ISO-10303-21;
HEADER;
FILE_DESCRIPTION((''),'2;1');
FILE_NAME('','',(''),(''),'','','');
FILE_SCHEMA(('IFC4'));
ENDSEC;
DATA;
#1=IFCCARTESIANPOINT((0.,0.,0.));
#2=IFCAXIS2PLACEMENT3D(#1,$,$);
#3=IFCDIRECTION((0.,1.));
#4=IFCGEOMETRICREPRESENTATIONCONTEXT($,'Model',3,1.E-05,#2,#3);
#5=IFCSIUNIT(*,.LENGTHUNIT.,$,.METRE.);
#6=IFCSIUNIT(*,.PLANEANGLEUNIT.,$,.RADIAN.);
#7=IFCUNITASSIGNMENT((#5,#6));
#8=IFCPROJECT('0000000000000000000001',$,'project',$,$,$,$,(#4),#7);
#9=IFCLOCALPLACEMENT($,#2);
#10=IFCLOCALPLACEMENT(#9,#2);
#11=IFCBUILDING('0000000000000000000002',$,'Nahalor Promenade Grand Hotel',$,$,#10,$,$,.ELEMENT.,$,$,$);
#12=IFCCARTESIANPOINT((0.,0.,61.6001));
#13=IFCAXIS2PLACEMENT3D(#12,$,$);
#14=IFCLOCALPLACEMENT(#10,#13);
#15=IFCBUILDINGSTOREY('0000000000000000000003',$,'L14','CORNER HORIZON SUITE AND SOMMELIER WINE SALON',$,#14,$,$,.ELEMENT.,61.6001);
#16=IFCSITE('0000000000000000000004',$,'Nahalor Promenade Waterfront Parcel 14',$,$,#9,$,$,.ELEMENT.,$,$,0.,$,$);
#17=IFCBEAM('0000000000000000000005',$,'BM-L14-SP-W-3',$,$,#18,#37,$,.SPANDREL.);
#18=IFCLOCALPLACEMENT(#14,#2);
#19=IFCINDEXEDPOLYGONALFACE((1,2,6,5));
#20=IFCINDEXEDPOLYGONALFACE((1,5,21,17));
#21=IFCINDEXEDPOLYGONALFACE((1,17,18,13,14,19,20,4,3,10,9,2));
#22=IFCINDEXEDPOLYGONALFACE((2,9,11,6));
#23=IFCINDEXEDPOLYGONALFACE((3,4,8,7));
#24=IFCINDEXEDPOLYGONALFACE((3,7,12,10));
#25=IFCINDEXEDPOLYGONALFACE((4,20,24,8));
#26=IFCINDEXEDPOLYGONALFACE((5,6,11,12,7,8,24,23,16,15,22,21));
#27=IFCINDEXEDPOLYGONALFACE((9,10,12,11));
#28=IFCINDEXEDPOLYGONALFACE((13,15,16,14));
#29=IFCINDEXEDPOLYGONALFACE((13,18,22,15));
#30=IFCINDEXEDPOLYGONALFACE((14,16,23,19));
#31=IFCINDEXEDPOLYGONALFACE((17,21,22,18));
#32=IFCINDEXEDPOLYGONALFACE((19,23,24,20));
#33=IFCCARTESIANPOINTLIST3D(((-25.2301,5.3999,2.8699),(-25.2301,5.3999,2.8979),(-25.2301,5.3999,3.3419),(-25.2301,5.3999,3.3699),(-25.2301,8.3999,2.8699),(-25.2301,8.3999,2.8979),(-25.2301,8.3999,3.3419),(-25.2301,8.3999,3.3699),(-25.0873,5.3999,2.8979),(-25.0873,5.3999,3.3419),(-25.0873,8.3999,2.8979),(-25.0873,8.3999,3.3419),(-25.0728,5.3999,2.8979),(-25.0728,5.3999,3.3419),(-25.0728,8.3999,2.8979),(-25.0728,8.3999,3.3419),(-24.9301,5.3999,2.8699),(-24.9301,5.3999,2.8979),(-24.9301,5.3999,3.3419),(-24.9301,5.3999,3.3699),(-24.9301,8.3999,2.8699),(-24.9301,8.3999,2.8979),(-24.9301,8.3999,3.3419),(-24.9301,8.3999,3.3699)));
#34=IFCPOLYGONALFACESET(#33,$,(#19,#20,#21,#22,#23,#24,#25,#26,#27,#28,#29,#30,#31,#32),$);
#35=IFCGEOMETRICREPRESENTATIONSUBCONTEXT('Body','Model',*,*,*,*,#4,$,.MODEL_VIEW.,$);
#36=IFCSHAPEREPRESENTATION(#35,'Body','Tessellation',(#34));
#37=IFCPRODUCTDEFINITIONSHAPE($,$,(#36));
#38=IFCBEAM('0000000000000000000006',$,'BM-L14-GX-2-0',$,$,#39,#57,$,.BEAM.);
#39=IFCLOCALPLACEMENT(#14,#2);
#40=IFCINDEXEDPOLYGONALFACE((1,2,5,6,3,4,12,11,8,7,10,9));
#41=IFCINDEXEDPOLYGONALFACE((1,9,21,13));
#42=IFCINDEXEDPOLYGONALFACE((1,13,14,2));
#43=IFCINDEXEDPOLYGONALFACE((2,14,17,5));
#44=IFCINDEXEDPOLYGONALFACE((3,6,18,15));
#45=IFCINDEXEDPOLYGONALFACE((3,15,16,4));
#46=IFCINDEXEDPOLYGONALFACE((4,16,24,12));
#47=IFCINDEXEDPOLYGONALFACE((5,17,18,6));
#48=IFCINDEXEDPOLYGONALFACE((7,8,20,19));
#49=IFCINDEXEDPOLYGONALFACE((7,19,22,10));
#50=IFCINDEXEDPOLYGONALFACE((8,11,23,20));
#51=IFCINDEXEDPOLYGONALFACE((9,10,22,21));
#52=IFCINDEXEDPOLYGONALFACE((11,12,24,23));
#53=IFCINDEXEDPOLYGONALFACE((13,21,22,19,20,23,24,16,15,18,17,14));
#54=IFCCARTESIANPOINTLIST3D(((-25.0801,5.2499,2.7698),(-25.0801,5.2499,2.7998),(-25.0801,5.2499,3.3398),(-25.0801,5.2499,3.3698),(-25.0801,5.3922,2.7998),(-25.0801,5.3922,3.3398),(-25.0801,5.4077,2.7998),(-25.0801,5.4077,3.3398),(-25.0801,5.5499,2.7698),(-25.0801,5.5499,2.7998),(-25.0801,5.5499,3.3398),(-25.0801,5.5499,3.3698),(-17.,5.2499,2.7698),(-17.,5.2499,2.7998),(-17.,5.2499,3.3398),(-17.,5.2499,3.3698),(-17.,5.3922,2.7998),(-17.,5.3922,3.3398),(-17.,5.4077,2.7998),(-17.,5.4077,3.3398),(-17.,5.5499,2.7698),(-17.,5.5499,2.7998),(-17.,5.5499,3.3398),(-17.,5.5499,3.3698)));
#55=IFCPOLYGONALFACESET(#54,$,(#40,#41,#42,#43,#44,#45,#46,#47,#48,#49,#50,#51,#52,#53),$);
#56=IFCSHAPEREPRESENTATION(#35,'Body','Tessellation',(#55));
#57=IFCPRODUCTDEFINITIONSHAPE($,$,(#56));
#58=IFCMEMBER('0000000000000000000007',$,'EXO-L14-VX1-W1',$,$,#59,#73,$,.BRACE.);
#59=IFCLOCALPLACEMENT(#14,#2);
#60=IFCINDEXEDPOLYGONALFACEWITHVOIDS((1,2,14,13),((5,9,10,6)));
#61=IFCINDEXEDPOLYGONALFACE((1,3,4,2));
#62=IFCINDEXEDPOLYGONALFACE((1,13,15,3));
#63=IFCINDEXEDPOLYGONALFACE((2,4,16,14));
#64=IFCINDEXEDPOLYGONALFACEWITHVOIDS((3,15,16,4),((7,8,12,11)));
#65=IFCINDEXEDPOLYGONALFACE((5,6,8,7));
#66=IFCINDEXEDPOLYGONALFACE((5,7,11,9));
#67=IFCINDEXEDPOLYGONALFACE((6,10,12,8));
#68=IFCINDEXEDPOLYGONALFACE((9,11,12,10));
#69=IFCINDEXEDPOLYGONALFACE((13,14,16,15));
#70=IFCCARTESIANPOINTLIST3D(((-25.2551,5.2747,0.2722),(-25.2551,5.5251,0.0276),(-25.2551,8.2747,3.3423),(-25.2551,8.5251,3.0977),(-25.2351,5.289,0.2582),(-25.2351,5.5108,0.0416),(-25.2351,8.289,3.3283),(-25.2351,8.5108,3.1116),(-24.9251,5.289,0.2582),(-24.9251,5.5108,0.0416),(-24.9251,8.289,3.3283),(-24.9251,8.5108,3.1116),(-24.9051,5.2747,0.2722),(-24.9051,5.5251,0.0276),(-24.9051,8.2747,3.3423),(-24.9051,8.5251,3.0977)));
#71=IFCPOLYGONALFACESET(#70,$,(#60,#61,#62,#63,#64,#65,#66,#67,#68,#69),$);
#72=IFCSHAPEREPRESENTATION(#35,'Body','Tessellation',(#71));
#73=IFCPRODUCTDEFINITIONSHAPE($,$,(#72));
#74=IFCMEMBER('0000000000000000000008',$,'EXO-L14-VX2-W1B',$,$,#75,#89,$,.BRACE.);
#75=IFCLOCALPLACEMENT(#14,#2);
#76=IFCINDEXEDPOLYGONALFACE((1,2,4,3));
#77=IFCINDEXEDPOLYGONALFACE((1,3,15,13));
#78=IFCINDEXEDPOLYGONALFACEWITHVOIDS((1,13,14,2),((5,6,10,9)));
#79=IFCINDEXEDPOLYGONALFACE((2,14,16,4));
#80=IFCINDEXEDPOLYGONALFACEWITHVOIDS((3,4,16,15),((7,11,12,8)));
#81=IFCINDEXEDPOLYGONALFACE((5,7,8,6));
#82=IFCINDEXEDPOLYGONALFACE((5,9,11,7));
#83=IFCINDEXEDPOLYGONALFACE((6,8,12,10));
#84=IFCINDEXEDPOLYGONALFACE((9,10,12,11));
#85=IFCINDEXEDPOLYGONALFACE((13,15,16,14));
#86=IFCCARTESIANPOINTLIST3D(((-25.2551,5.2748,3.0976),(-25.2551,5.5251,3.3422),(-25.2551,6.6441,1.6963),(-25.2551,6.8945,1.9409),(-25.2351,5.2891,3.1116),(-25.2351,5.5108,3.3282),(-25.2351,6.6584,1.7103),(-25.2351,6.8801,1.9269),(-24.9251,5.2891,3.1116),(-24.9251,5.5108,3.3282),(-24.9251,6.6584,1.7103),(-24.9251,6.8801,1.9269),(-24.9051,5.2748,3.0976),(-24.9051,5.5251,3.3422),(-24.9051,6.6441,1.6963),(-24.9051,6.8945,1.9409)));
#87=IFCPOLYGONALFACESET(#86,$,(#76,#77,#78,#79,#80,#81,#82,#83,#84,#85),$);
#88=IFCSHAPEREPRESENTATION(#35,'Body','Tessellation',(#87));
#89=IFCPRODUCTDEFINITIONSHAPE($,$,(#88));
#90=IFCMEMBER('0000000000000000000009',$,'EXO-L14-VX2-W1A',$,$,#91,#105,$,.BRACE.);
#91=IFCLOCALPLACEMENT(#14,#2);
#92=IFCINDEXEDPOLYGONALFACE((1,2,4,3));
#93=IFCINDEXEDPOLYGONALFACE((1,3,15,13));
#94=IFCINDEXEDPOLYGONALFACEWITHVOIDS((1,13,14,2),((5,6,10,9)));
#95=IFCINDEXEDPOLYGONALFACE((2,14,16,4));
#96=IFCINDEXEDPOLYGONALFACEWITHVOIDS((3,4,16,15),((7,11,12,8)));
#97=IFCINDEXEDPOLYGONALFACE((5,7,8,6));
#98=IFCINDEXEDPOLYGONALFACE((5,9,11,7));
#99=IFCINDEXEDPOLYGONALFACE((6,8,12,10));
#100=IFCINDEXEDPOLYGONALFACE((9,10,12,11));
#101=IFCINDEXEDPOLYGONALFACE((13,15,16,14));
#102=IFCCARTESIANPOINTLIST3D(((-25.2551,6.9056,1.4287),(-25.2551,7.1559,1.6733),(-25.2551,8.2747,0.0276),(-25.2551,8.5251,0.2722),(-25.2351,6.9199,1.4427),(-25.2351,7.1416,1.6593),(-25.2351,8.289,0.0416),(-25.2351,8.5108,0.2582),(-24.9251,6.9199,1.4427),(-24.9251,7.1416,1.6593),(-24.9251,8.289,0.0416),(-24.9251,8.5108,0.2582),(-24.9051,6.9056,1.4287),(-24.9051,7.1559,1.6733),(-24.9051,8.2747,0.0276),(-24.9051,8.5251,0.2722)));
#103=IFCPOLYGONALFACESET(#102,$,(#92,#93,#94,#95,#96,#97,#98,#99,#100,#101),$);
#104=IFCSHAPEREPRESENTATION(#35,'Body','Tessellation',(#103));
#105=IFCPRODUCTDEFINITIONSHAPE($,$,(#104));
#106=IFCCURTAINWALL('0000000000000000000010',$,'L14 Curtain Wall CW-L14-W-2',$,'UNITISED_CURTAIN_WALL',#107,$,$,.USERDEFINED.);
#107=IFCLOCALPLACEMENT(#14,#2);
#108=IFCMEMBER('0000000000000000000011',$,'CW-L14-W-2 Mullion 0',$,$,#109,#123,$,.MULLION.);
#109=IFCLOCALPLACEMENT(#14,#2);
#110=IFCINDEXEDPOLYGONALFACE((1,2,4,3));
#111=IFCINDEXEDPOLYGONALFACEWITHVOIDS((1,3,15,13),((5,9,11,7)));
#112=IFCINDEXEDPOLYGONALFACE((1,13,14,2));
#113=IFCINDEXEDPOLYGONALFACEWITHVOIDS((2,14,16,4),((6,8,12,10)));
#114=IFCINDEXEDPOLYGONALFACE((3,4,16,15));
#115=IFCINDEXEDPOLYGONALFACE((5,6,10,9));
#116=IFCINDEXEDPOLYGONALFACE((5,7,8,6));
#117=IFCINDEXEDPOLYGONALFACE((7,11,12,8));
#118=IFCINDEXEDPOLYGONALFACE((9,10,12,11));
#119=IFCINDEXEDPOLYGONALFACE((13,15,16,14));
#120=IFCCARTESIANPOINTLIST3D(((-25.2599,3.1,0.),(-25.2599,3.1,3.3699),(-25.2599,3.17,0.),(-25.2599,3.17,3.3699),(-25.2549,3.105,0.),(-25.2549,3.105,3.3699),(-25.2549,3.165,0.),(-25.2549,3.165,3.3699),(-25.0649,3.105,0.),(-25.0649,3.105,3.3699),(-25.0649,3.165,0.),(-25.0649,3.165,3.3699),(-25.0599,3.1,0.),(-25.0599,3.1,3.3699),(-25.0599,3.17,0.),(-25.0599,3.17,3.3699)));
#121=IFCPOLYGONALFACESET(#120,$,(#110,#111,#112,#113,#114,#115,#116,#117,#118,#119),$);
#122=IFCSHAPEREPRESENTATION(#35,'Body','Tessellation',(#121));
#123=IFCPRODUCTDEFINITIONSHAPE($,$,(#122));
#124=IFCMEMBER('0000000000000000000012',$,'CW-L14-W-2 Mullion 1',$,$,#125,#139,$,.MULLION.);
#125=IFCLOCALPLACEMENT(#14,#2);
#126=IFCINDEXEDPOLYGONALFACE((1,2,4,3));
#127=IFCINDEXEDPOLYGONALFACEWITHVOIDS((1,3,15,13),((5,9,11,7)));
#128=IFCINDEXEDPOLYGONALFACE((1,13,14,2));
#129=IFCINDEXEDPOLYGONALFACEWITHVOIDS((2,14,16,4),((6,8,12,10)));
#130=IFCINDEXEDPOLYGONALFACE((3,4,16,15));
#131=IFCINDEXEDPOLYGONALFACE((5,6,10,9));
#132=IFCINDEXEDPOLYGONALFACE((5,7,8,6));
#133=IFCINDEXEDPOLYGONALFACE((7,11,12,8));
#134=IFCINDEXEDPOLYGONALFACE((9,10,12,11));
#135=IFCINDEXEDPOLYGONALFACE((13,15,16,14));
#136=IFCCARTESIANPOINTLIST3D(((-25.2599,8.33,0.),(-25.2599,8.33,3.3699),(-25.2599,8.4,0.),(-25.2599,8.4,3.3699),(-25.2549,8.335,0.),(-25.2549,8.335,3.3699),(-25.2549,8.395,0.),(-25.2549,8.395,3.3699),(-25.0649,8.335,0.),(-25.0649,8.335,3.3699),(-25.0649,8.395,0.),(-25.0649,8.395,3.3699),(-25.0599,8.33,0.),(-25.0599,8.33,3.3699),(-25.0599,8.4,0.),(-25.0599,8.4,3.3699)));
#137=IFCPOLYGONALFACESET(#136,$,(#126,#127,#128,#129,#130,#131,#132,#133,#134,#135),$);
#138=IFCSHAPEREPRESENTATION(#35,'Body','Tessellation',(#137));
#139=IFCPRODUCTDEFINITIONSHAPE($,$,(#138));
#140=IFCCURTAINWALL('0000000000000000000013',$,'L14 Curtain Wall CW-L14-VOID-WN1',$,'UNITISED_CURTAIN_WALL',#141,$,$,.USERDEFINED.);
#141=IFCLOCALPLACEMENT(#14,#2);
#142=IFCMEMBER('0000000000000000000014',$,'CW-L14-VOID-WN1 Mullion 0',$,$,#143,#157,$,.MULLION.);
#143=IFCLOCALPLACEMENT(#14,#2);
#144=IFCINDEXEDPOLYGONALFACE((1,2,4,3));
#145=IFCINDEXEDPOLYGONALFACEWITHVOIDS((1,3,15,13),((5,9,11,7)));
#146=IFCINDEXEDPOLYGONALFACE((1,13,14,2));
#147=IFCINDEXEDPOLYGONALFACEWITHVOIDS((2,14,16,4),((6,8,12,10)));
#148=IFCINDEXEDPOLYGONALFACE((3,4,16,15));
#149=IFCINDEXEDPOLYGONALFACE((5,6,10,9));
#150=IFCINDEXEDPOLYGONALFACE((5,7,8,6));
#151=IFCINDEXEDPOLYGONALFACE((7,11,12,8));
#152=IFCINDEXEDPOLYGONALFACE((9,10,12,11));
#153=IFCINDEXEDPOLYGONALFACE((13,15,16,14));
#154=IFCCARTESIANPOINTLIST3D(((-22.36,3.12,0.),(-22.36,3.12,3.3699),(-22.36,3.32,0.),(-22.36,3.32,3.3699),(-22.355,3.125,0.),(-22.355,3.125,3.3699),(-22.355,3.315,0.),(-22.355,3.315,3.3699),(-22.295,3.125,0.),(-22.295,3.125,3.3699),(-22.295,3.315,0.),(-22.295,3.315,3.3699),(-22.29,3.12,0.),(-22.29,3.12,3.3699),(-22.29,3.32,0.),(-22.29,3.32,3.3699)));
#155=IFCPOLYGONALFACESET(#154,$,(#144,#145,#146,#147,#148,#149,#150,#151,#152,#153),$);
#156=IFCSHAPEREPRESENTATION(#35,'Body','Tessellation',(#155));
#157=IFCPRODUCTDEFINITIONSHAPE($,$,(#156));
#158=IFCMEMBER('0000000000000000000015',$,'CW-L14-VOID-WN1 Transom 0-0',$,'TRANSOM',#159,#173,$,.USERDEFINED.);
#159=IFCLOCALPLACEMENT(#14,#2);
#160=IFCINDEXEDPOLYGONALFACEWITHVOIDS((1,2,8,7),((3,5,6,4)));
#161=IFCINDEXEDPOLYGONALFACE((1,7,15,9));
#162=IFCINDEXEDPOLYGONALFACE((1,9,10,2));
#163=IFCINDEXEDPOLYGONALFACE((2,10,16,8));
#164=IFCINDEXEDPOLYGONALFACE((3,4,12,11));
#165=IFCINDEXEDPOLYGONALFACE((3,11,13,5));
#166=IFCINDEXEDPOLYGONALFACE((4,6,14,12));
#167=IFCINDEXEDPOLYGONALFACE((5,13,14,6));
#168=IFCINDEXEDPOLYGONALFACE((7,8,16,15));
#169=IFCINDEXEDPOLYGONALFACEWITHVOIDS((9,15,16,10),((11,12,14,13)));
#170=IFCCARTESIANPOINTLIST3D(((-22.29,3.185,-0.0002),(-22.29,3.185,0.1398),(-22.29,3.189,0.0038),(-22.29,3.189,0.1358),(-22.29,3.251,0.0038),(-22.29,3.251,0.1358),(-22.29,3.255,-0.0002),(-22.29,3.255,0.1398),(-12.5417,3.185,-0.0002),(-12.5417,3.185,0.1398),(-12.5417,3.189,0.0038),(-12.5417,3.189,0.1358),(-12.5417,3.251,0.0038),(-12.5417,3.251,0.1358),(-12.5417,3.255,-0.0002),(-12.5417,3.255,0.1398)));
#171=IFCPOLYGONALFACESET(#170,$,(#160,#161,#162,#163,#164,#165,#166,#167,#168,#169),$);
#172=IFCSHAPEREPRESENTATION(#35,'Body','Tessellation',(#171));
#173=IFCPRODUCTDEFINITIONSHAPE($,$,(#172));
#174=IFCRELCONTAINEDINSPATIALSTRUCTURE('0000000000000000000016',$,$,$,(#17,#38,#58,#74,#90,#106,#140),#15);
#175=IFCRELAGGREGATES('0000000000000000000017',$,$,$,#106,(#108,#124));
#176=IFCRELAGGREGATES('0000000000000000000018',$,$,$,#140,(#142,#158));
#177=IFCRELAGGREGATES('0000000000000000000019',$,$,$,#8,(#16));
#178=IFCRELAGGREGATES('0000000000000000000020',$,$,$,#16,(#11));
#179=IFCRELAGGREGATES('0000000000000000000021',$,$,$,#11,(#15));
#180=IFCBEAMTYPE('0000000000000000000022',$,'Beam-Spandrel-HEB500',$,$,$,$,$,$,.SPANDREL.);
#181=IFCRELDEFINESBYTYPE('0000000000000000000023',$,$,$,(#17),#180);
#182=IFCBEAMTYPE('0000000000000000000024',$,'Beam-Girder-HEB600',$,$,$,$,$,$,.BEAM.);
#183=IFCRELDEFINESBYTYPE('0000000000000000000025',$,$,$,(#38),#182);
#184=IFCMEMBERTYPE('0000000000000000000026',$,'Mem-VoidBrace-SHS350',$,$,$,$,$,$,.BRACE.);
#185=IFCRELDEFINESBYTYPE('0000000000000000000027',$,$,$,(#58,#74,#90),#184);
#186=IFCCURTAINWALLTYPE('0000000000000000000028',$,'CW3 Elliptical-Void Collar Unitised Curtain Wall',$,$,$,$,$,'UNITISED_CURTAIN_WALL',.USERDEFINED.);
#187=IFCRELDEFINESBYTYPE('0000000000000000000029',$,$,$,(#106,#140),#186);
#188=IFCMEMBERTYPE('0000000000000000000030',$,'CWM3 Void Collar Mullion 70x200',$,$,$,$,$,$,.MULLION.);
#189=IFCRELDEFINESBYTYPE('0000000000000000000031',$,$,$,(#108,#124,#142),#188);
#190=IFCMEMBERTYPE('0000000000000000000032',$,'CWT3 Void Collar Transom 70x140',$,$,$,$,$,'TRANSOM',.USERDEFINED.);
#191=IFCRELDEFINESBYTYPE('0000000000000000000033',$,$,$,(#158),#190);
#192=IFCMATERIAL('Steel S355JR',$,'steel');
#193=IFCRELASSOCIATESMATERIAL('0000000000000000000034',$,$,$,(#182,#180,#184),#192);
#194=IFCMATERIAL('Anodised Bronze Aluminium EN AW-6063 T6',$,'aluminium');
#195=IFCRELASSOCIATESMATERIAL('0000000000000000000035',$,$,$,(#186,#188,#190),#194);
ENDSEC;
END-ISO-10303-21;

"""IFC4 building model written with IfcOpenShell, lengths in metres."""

from ifc_helpers import new_model, si_unit, direction, frame, origin, origin_2d, place, context, subcontext, project, spatial, hollow_rectangle, i_section, extrude, source, transform, mapped, material, material_profile, profile_set, type_object, element, aggregate, save


model = new_model("IFC4")

# Units and contexts
model_context = context("Model", 3, precision=1e-05, world=origin(), true_north=direction((0.0, 1.0)))
body_context = subcontext(model_context, "Body", "Model", "MODEL_VIEW")
ifc_project = project(units=[si_unit("LENGTHUNIT", "METRE"), si_unit("PLANEANGLEUNIT", "RADIAN")], contexts=[model_context])

# Site, building, storey
site_placement = place(None, origin())
site = spatial("IfcSite", under=ifc_project, at=site_placement, Name="Nahalor Promenade Waterfront Parcel 14", CompositionType="ELEMENT", RefElevation=0.0)
building_placement = place(site_placement, origin())
building = spatial("IfcBuilding", under=site, at=building_placement, Name="Nahalor Promenade Grand Hotel", CompositionType="ELEMENT")
storey_placement = place(building_placement, frame((0.0, 0.0, 61.6001)))
storey = spatial("IfcBuildingStorey", under=building, at=storey_placement, Name="L14", Description="CORNER HORIZON SUITE AND SOMMELIER WINE SALON", CompositionType="ELEMENT", Elevation=61.6001)

# Beams
ifc_material_1 = material(Name="Steel S355JR", Category="steel")
ifc_material_profile_1 = material_profile(ifc_material_1, i_section(OverallWidth=0.3, OverallDepth=0.6, WebThickness=0.0155, FlangeThickness=0.03, at=origin_2d()), Name="HEB 600")
ifc_profile_set_1 = profile_set([ifc_material_profile_1], Name="Steel S355JR")
beam_type_1 = type_object("IfcBeamType", Name="Beam-Girder-HEB600", PredefinedType="BEAM", material=ifc_profile_set_1)
ifc_material_profile_2 = material_profile(ifc_material_1, i_section(OverallWidth=0.3, OverallDepth=0.5, WebThickness=0.0145, FlangeThickness=0.028, at=origin_2d()), Name="HEB 500")
ifc_profile_set_2 = profile_set([ifc_material_profile_2], Name="Steel S355JR")
beam_type_2 = type_object("IfcBeamType", Name="Beam-Spandrel-HEB500", PredefinedType="SPANDREL", material=ifc_profile_set_2)
shared_shape_1 = source(origin(), body_context, "Body", "SweptSolid", [
    extrude(i_section(OverallWidth=0.3, OverallDepth=0.5, WebThickness=0.0145, FlangeThickness=0.028, at=origin_2d()), origin(), (0.0, 0.0, 1.0), 3.0),
])
beam_1_placement = place(storey_placement, frame((-25.0801, 5.3999, 3.1199), z_axis=(0.0, 1.0, 0.0), x_axis=(-1.0, 0.0, 0.0)))
element("IfcBeam", 1, at=beam_1_placement, inside=storey, type_object=beam_type_2, Name="BM-L14-SP-W-3", PredefinedType="SPANDREL", context=body_context, shape_type="MappedRepresentation", body=[
    mapped(shared_shape_1, transform((0.0, 0.0, 0.0), scale=1.0)),
])
shared_shape_2 = source(origin(), body_context, "Body", "SweptSolid", [
    extrude(i_section(OverallWidth=0.3, OverallDepth=0.6, WebThickness=0.0155, FlangeThickness=0.03, at=origin_2d()), origin(), (0.0, 0.0, 1.0), 8.0801),
])
beam_2_placement = place(storey_placement, frame((-25.0801, 5.3999, 3.0698), z_axis=(1.0, 0.0, 0.0), x_axis=(0.0, 1.0, 0.0)))
element("IfcBeam", 2, at=beam_2_placement, inside=storey, type_object=beam_type_1, Name="BM-L14-GX-2-0", PredefinedType="BEAM", context=body_context, shape_type="MappedRepresentation", body=[
    mapped(shared_shape_2, transform((0.0, 0.0, 0.0), scale=1.0)),
])

# Members
ifc_material_profile_3 = material_profile(ifc_material_1, hollow_rectangle(XDim=0.35, YDim=0.35, WallThickness=0.02, at=origin_2d()), Name="SHS 350x350x20")
ifc_profile_set_3 = profile_set([ifc_material_profile_3], Name="Steel S355JR")
member_type_1 = type_object("IfcMemberType", Name="Mem-VoidBrace-SHS350", PredefinedType="BRACE", material=ifc_profile_set_3)
shared_shape_3 = source(origin(), body_context, "Body", "SweptSolid", [
    extrude(hollow_rectangle(XDim=0.35, YDim=0.35, WallThickness=0.02, at=origin_2d()), origin(), (0.0, 0.0, 1.0), 4.2925),
])
member_1_placement = place(storey_placement, frame((-25.0801, 5.3999, 0.1499), z_axis=(0.0, 0.698898, 0.715221), x_axis=(-1.0, 0.0, 0.0)))
element("IfcMember", 3, at=member_1_placement, inside=storey, type_object=member_type_1, Name="EXO-L14-VX1-W1", PredefinedType="BRACE", context=body_context, shape_type="MappedRepresentation", body=[
    mapped(shared_shape_3, transform((0.0, 0.0, 0.0), scale=1.0)),
])
shared_shape_4 = source(origin(), body_context, "Body", "SweptSolid", [
    extrude(hollow_rectangle(XDim=0.35, YDim=0.35, WallThickness=0.02, at=origin_2d()), origin(), (0.0, 0.0, 1.0), 1.9592),
])
member_2_placement = place(storey_placement, frame((-25.0801, 6.7693, 1.8186), z_axis=(0.0, -0.698898, 0.715221), x_axis=(1.0, 0.0, 0.0)))
element("IfcMember", 4, at=member_2_placement, inside=storey, type_object=member_type_1, Name="EXO-L14-VX2-W1B", PredefinedType="BRACE", context=body_context, shape_type="MappedRepresentation", body=[
    mapped(shared_shape_4, transform((0.0, 0.0, 0.0), scale=1.0)),
])
shared_shape_5 = source(origin(), body_context, "Body", "SweptSolid", [
    extrude(hollow_rectangle(XDim=0.35, YDim=0.35, WallThickness=0.02, at=origin_2d()), origin(), (0.0, 0.0, 1.0), 1.959),
])
member_3_placement = place(storey_placement, frame((-25.0801, 8.3999, 0.1499), z_axis=(0.0, -0.698897, 0.715223), x_axis=(1.0, 0.0, 0.0)))
element("IfcMember", 5, at=member_3_placement, inside=storey, type_object=member_type_1, Name="EXO-L14-VX2-W1A", PredefinedType="BRACE", context=body_context, shape_type="MappedRepresentation", body=[
    mapped(shared_shape_5, transform((0.0, 0.0, 0.0), scale=1.0)),
])

# Curtain walls, members
ifc_material_2 = material(Name="Anodised Bronze Aluminium EN AW-6063 T6", Category="aluminium")
curtain_wall_type = type_object("IfcCurtainWallType", Name="CW3 Elliptical-Void Collar Unitised Curtain Wall", ElementType="UNITISED_CURTAIN_WALL", PredefinedType="USERDEFINED", material=ifc_material_2)
curtain_wall_1_placement = place(storey_placement, origin())
curtain_wall_1 = element("IfcCurtainWall", 6, at=curtain_wall_1_placement, inside=storey, type_object=curtain_wall_type, Name="L14 Curtain Wall CW-L14-W-2", ObjectType="UNITISED_CURTAIN_WALL", PredefinedType="USERDEFINED")
ifc_material_profile_4 = material_profile(ifc_material_2, hollow_rectangle(XDim=0.07, YDim=0.2, WallThickness=0.005, at=origin_2d()), Name="CWM 70x200x5")
ifc_profile_set_4 = profile_set([ifc_material_profile_4], Name="Anodised Bronze Aluminium EN AW-6063 T6")
member_type_2 = type_object("IfcMemberType", Name="CWM3 Void Collar Mullion 70x200", PredefinedType="MULLION", material=ifc_profile_set_4)
shared_shape_6 = source(origin(), body_context, "Body", "SweptSolid", [
    extrude(hollow_rectangle(XDim=0.07, YDim=0.2, WallThickness=0.005, at=origin_2d()), origin(), (0.0, 0.0, 1.0), 3.3699),
])
member_4_placement = place(storey_placement, frame((-25.1599, 3.135, 0.0), z_axis=(0.0, 0.0, 1.0), x_axis=(0.0, 1.0, 0.0)))
member_4 = element("IfcMember", 7, at=member_4_placement, type_object=member_type_2, Name="CW-L14-W-2 Mullion 0", PredefinedType="MULLION", context=body_context, shape_type="MappedRepresentation", body=[
    mapped(shared_shape_6, transform((0.0, 0.0, 0.0), scale=1.0)),
])
member_5_placement = place(storey_placement, frame((-25.1599, 8.365, 0.0), z_axis=(0.0, 0.0, 1.0), x_axis=(0.0, 1.0, 0.0)))
member_5 = element("IfcMember", 8, at=member_5_placement, type_object=member_type_2, Name="CW-L14-W-2 Mullion 1", PredefinedType="MULLION", context=body_context, shape_type="MappedRepresentation", body=[
    mapped(shared_shape_6, transform((0.0, 0.0, 0.0), scale=1.0)),
])
curtain_wall_2_placement = place(storey_placement, origin())
curtain_wall_2 = element("IfcCurtainWall", 9, at=curtain_wall_2_placement, inside=storey, type_object=curtain_wall_type, Name="L14 Curtain Wall CW-L14-VOID-WN1", ObjectType="UNITISED_CURTAIN_WALL", PredefinedType="USERDEFINED")
member_6_placement = place(storey_placement, frame((-22.325, 3.22, 0.0), z_axis=(0.0, 0.0, 1.0), x_axis=(1.0, 0.0, 0.0)))
member_6 = element("IfcMember", 10, at=member_6_placement, type_object=member_type_2, Name="CW-L14-VOID-WN1 Mullion 0", PredefinedType="MULLION", context=body_context, shape_type="MappedRepresentation", body=[
    mapped(shared_shape_6, transform((0.0, 0.0, 0.0), scale=1.0)),
])
ifc_material_profile_5 = material_profile(ifc_material_2, hollow_rectangle(XDim=0.07, YDim=0.14, WallThickness=0.004, at=origin_2d()), Name="CWT 70x140x4")
ifc_profile_set_5 = profile_set([ifc_material_profile_5], Name="Anodised Bronze Aluminium EN AW-6063 T6")
member_type_3 = type_object("IfcMemberType", Name="CWT3 Void Collar Transom 70x140", ElementType="TRANSOM", PredefinedType="USERDEFINED", material=ifc_profile_set_5)
shared_shape_7 = source(origin(), body_context, "Body", "SweptSolid", [
    extrude(hollow_rectangle(XDim=0.07, YDim=0.14, WallThickness=0.004, at=origin_2d()), origin(), (0.0, 0.0, 1.0), 9.7483),
])
member_7_placement = place(storey_placement, frame((-22.29, 3.22, 0.0698), z_axis=(1.0, 0.0, 0.0), x_axis=(0.0, 1.0, 0.0)))
member_7 = element("IfcMember", 11, at=member_7_placement, type_object=member_type_3, Name="CW-L14-VOID-WN1 Transom 0-0", ObjectType="TRANSOM", PredefinedType="USERDEFINED", context=body_context, shape_type="MappedRepresentation", body=[
    mapped(shared_shape_7, transform((0.0, 0.0, 0.0), scale=1.0)),
])

aggregate(curtain_wall_1, [member_4, member_5])
aggregate(curtain_wall_2, [member_6, member_7])

save(model, "model.ifc")
